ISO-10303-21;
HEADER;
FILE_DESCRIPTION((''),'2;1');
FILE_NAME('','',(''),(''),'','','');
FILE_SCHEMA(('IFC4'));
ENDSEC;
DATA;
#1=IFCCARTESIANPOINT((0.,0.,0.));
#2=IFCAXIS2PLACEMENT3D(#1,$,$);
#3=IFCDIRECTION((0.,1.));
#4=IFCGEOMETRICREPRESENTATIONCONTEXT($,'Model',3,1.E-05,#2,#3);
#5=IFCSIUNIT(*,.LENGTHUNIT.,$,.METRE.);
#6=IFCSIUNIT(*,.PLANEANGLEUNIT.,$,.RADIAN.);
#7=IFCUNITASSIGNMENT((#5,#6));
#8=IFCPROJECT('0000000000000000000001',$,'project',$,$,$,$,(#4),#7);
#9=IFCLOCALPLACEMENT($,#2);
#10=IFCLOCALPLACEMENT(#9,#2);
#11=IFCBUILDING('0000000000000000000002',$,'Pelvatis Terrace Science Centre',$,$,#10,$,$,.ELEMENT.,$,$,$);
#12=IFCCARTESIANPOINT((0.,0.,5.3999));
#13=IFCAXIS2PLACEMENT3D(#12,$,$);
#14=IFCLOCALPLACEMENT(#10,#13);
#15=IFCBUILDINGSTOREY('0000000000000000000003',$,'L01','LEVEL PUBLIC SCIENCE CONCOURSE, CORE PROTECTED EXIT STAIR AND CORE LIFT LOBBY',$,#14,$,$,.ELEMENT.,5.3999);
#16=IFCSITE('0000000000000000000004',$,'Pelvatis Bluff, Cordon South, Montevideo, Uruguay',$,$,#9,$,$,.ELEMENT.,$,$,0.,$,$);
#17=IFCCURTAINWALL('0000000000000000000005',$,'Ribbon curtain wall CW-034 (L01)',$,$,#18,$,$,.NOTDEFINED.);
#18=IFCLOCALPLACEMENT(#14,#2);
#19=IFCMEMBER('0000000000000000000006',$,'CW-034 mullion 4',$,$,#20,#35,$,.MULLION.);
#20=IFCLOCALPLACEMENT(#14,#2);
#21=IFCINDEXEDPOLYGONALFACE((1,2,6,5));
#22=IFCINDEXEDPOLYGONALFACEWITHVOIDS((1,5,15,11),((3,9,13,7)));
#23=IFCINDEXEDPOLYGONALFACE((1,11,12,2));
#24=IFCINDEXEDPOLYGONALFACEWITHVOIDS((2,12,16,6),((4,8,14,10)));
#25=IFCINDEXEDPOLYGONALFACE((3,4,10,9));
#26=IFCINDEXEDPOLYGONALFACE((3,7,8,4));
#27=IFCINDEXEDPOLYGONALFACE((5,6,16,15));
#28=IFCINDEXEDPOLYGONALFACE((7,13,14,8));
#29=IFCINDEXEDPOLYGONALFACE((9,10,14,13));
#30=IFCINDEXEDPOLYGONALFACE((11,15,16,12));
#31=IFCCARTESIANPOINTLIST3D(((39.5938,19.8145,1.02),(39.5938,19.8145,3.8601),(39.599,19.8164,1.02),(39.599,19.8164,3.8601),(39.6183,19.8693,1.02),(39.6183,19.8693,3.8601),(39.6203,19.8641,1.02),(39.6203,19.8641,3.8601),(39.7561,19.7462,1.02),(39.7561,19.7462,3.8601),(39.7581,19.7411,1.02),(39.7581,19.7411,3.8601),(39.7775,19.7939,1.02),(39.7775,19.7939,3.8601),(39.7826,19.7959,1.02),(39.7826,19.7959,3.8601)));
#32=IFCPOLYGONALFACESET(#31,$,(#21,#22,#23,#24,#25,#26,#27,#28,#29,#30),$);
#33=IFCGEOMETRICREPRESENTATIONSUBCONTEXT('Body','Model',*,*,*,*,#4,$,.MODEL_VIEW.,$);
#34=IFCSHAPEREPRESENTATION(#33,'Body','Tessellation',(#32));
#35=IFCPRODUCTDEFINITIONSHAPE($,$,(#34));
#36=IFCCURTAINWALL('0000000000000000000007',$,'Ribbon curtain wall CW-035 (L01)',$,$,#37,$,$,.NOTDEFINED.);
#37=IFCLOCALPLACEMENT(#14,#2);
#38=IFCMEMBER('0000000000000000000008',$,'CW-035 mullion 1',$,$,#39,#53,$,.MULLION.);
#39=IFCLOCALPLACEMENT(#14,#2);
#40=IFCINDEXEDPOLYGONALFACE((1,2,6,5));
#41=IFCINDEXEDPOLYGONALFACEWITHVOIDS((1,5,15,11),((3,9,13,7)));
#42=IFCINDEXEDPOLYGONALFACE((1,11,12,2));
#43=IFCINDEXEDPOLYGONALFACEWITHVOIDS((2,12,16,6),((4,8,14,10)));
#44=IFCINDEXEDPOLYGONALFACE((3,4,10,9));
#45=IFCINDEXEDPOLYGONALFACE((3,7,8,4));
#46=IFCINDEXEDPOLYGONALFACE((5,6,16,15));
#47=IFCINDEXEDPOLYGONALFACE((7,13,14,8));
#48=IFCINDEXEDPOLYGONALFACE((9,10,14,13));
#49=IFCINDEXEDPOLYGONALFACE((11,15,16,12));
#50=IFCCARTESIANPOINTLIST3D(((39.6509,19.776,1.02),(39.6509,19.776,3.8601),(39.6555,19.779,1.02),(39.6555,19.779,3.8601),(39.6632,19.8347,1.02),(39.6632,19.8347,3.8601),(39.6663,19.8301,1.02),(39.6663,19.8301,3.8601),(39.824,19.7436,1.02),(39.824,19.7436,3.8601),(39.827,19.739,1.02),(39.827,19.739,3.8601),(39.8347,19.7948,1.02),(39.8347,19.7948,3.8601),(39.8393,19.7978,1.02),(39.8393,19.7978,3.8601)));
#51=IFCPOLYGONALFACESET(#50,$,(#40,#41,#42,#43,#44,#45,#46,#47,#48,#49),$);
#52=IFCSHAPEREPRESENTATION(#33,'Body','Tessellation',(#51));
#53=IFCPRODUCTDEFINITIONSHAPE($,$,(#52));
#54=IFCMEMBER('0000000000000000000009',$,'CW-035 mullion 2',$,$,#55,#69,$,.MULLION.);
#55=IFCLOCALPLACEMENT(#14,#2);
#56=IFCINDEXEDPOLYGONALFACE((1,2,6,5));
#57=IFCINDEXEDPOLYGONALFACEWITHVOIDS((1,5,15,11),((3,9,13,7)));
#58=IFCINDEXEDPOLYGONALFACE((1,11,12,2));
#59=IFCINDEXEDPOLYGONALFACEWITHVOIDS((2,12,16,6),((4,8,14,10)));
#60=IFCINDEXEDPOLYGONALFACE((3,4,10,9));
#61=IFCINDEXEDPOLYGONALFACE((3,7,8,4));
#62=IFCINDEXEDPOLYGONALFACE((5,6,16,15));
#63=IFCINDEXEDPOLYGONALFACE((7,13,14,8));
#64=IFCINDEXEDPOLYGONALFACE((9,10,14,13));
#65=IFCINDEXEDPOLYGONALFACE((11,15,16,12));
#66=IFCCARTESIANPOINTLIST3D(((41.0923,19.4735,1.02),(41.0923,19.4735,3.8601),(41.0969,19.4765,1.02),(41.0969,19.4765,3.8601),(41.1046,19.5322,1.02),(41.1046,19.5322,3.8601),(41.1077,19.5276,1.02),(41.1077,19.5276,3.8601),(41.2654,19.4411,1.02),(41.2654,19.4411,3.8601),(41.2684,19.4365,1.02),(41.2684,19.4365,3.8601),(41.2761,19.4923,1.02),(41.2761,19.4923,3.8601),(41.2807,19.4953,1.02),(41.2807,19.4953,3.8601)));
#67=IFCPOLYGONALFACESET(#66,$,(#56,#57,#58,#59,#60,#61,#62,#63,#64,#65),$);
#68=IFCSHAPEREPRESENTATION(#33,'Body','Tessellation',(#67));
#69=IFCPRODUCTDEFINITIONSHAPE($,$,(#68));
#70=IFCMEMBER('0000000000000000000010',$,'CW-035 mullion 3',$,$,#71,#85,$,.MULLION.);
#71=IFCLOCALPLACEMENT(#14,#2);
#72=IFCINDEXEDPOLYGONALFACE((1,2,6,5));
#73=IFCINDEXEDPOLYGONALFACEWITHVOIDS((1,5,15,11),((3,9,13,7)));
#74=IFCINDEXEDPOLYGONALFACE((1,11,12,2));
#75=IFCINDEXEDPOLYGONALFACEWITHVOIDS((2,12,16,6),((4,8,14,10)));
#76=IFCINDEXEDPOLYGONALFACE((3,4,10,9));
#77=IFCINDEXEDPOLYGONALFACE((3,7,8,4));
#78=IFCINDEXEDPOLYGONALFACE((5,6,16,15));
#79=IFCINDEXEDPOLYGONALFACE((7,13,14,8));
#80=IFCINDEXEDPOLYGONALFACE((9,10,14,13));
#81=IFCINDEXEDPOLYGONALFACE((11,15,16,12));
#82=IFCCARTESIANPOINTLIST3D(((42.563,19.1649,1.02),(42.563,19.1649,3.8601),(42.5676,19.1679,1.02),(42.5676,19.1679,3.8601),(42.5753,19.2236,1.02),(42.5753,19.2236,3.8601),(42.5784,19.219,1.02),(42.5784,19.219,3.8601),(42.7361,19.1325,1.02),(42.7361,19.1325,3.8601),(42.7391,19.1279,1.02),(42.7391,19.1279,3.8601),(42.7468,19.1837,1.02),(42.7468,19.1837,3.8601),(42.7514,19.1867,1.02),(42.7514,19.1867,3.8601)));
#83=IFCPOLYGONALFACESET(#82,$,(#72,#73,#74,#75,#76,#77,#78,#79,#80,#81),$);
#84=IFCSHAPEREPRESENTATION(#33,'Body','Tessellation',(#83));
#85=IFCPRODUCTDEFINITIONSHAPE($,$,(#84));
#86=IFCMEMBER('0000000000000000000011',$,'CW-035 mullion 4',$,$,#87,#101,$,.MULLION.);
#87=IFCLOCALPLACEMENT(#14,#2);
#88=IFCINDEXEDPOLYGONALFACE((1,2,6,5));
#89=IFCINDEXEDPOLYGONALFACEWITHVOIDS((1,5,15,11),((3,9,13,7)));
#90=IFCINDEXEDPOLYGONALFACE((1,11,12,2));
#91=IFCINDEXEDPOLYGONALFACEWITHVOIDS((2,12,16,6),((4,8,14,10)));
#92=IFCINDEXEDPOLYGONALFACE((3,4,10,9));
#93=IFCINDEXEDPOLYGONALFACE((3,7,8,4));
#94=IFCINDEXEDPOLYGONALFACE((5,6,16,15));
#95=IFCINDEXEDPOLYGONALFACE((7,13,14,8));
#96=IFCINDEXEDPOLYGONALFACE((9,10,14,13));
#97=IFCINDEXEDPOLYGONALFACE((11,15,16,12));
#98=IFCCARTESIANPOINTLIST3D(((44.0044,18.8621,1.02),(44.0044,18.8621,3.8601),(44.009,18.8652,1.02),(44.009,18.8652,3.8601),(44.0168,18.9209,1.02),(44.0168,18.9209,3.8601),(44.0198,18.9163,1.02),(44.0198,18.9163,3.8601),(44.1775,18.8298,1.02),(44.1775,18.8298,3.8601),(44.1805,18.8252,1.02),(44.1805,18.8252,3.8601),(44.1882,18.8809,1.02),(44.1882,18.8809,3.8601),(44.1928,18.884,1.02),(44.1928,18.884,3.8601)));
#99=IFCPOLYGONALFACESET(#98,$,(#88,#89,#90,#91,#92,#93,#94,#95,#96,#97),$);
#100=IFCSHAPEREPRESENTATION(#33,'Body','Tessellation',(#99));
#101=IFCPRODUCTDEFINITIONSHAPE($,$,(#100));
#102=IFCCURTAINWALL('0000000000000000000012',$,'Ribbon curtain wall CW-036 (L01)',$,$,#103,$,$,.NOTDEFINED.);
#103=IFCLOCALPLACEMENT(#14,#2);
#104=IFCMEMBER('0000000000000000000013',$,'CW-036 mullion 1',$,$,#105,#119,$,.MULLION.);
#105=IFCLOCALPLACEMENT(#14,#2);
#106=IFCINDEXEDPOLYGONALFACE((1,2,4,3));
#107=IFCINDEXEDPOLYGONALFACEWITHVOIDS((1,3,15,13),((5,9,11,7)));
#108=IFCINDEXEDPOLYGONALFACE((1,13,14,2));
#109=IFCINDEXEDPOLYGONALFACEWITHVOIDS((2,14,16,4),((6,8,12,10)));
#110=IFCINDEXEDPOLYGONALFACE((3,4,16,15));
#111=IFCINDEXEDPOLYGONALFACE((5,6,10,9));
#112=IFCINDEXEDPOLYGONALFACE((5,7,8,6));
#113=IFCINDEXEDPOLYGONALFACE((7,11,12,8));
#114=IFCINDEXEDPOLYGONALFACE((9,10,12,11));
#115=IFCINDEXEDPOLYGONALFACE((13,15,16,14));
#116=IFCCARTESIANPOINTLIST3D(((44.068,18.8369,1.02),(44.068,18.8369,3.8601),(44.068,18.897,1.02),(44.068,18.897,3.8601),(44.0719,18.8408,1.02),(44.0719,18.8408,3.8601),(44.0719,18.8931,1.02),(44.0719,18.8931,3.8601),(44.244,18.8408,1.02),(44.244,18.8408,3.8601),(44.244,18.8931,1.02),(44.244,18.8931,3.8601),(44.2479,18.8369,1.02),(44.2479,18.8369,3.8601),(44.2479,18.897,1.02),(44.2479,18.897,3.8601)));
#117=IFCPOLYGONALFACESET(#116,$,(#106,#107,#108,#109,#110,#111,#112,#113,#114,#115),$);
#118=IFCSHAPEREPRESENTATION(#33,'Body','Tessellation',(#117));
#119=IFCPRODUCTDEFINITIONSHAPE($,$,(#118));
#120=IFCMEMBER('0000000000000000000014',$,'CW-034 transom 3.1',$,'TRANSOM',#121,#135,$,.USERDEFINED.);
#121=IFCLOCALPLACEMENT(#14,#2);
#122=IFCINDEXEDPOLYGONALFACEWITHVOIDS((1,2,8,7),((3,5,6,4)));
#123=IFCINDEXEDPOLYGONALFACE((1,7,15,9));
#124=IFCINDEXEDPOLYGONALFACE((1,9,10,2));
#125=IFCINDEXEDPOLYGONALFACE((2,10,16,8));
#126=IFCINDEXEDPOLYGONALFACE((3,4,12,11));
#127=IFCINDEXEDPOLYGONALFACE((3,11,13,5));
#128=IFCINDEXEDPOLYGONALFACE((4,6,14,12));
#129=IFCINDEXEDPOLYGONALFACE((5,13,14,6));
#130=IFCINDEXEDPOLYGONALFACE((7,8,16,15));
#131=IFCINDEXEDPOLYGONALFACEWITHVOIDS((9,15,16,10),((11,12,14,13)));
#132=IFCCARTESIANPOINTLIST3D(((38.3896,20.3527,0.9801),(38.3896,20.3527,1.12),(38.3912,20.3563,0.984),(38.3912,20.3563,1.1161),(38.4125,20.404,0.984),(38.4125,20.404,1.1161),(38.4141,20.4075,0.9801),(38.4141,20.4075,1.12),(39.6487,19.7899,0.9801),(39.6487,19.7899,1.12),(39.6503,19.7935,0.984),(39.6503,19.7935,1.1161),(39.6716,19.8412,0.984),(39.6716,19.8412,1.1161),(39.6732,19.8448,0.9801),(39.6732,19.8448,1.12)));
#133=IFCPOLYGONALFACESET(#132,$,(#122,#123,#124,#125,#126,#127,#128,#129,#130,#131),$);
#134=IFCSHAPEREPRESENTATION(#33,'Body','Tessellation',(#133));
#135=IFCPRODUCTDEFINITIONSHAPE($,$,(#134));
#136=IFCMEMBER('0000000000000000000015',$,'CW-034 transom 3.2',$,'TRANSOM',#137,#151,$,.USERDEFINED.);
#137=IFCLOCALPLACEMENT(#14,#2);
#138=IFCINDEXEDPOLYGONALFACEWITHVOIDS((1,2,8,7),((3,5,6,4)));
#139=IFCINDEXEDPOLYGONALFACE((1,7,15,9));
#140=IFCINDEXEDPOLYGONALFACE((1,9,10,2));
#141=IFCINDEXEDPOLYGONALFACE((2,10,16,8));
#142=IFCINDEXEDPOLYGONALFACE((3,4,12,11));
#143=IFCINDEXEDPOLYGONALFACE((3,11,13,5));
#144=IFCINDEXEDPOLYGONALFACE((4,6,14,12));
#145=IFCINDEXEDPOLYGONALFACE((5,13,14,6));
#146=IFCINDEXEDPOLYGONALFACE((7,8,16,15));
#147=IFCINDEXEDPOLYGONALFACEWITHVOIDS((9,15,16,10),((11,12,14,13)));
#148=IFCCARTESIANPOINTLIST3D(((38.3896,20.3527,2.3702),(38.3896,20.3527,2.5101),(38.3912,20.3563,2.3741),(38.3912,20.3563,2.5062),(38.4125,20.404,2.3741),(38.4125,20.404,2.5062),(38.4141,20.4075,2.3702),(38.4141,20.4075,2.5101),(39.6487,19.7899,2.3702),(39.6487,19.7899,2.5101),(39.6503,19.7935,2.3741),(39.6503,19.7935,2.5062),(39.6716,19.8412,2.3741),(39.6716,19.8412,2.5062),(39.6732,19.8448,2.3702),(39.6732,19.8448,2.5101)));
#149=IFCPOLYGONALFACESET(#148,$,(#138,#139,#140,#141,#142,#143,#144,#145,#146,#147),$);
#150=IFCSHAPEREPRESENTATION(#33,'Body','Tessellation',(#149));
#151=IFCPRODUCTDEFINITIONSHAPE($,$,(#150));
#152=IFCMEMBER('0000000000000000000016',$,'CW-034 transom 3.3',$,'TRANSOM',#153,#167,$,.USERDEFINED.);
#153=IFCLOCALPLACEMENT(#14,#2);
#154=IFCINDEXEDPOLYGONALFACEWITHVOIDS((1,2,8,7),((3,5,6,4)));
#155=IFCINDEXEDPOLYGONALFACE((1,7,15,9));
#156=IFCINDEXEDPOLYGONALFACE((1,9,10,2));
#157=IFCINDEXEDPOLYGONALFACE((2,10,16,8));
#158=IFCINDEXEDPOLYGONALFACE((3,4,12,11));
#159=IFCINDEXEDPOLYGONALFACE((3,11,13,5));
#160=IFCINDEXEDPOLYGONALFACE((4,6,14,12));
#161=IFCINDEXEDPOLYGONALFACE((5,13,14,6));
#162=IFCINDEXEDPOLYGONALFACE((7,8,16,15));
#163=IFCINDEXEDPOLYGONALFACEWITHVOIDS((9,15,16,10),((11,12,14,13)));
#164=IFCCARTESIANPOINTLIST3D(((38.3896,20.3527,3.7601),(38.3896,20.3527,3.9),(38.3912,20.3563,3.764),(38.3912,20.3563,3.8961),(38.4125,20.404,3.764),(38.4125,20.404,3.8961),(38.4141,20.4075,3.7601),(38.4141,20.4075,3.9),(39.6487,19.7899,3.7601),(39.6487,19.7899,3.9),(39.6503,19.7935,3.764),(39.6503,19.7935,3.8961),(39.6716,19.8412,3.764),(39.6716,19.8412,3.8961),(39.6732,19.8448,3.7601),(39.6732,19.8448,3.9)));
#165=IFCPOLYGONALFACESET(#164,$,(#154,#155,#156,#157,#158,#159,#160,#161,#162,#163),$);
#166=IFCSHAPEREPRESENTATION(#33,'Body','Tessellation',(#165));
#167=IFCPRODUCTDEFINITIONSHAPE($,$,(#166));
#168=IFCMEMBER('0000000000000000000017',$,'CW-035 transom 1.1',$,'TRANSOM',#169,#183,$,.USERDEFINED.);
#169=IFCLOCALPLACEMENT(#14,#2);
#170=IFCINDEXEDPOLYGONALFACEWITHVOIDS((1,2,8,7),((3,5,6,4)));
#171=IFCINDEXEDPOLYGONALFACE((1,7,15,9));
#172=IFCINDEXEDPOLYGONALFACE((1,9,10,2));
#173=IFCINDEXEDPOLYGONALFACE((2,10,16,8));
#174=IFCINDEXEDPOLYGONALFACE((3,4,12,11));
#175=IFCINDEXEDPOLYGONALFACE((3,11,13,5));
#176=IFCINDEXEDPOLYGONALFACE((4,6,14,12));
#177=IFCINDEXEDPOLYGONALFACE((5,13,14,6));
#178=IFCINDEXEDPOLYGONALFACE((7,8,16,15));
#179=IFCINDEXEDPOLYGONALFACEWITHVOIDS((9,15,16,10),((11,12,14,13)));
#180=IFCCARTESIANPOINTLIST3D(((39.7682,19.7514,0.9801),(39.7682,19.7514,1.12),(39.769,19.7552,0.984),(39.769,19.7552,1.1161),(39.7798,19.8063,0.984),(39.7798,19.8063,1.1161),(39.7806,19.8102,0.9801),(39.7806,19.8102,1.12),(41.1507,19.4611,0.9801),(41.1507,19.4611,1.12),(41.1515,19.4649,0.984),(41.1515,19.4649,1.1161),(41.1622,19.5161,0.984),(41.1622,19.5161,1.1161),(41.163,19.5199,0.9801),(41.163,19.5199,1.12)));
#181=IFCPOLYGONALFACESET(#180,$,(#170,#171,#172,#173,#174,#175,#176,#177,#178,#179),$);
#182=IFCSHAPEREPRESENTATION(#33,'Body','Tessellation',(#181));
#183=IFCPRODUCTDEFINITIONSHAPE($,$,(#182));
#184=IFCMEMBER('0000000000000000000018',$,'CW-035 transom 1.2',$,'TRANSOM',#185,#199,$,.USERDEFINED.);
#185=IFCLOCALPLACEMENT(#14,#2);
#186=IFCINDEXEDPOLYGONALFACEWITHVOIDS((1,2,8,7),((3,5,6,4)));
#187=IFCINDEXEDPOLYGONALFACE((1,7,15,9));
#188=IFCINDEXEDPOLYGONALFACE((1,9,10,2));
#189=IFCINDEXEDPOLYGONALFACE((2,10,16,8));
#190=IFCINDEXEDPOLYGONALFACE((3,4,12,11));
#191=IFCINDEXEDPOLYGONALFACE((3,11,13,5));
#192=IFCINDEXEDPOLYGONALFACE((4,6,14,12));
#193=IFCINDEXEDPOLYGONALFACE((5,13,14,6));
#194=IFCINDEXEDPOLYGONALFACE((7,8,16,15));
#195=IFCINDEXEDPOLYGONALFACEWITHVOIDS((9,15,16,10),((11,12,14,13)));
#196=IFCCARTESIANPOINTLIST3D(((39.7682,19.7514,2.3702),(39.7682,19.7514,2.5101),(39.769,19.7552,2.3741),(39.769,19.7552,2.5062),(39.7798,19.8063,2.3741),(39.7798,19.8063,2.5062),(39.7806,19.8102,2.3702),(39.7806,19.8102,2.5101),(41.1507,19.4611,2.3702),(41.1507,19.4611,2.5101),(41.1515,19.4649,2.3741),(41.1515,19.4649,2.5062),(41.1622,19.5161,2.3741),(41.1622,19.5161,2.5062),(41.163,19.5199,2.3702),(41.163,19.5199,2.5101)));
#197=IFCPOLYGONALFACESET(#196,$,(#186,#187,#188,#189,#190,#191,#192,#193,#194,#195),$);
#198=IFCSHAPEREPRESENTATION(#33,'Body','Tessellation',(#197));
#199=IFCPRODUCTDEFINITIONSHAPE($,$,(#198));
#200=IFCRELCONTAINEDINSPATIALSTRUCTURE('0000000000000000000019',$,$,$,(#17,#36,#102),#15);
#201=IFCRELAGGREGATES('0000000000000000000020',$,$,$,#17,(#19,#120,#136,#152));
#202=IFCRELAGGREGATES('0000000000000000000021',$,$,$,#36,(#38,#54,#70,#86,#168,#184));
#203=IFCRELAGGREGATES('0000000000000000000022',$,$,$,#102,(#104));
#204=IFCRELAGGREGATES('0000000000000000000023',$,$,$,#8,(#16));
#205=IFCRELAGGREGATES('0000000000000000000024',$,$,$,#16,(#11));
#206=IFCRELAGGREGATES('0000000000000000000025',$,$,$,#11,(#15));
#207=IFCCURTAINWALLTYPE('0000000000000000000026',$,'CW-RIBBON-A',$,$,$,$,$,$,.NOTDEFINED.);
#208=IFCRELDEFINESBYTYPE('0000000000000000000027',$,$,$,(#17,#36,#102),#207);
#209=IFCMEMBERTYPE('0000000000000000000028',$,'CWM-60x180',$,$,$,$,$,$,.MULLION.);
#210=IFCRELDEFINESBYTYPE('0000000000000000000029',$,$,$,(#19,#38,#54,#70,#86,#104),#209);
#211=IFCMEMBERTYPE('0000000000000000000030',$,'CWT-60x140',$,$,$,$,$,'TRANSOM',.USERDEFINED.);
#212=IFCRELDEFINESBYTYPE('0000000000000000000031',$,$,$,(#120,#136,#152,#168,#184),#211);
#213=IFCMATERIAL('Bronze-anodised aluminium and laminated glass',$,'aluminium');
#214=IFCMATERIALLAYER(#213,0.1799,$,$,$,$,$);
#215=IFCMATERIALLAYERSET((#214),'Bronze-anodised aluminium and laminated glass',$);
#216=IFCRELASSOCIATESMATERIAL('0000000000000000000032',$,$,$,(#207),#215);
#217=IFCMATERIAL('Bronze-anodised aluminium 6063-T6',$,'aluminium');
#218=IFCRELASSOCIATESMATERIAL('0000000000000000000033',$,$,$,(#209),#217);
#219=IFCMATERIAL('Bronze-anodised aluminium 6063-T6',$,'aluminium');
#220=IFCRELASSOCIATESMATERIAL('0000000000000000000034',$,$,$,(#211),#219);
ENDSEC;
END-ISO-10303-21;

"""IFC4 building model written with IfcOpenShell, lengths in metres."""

from ifc_helpers import new_model, si_unit, direction, frame, origin, origin_2d, place, context, subcontext, project, spatial, hollow_rectangle, extrude, material, layer, layer_set, material_profile, profile_set, type_object, element, aggregate, save


model = new_model("IFC4")

# Units and contexts
model_context = context("Model", 3, precision=1e-05, world=origin(), true_north=direction((0.0, 1.0)))
body_context = subcontext(model_context, "Body", "Model", "MODEL_VIEW")
ifc_project = project(units=[si_unit("LENGTHUNIT", "METRE"), si_unit("PLANEANGLEUNIT", "RADIAN")], contexts=[model_context])

# Site, building, storey
site_placement = place(None, origin())
site = spatial("IfcSite", under=ifc_project, at=site_placement, Name="Pelvatis Bluff, Cordon South, Montevideo, Uruguay", CompositionType="ELEMENT", RefElevation=0.0)
building_placement = place(site_placement, origin())
building = spatial("IfcBuilding", under=site, at=building_placement, Name="Pelvatis Terrace Science Centre", CompositionType="ELEMENT")
storey_placement = place(building_placement, frame((0.0, 0.0, 5.3999)))
storey = spatial("IfcBuildingStorey", under=building, at=storey_placement, Name="L01", Description="LEVEL PUBLIC SCIENCE CONCOURSE, CORE PROTECTED EXIT STAIR AND CORE LIFT LOBBY", CompositionType="ELEMENT", Elevation=5.3999)

# Curtain wall, member
ifc_material_1 = material(Name="Bronze-anodised aluminium and laminated glass", Category="aluminium")
ifc_layer_1 = layer(ifc_material_1, 0.1799)
ifc_layer_set_1 = layer_set([ifc_layer_1], Name="Bronze-anodised aluminium and laminated glass")
curtain_wall_type = type_object("IfcCurtainWallType", Name="CW-RIBBON-A", PredefinedType="NOTDEFINED", material=ifc_layer_set_1)
curtain_wall_1_placement = place(storey_placement, origin())
curtain_wall_1 = element("IfcCurtainWall", 1, at=curtain_wall_1_placement, inside=storey, type_object=curtain_wall_type, Name="Ribbon curtain wall CW-034 (L01)", PredefinedType="NOTDEFINED")
ifc_material_2 = material(Name="Bronze-anodised aluminium 6063-T6", Category="aluminium")
ifc_material_profile_1 = material_profile(ifc_material_2, hollow_rectangle(XDim=0.0601, YDim=0.1799, WallThickness=0.0039, at=origin_2d()), Name="ALU-MUL 60x180")
ifc_profile_set_1 = profile_set([ifc_material_profile_1], Name="Bronze-anodised aluminium 6063-T6")
member_type_1 = type_object("IfcMemberType", Name="CWM-60x180", PredefinedType="MULLION", material=ifc_profile_set_1)
member_1_placement = place(storey_placement, frame((39.6882, 19.8052, 1.02), z_axis=(0.0, 0.0, 1.0), x_axis=(0.407992, 0.912985, 0.0)))
member_1 = element("IfcMember", 2, at=member_1_placement, type_object=member_type_1, Name="CW-034 mullion 4", PredefinedType="MULLION", context=body_context, shape_type="SweptSolid", body=[
    extrude(hollow_rectangle(XDim=0.0601, YDim=0.1799, WallThickness=0.0039, at=origin_2d()), origin(), (0.0, 0.0, 1.0), 2.8401),
])

# Curtain wall, members
curtain_wall_2_placement = place(storey_placement, origin())
curtain_wall_2 = element("IfcCurtainWall", 3, at=curtain_wall_2_placement, inside=storey, type_object=curtain_wall_type, Name="Ribbon curtain wall CW-035 (L01)", PredefinedType="NOTDEFINED")
member_2_placement = place(storey_placement, frame((39.7451, 19.7869, 1.02), z_axis=(0.0, 0.0, 1.0), x_axis=(0.205398, 0.978679, 0.0)))
member_2 = element("IfcMember", 4, at=member_2_placement, type_object=member_type_1, Name="CW-035 mullion 1", PredefinedType="MULLION", context=body_context, shape_type="SweptSolid", body=[
    extrude(hollow_rectangle(XDim=0.0601, YDim=0.1799, WallThickness=0.0039, at=origin_2d()), origin(), (0.0, 0.0, 1.0), 2.8401),
])
member_3_placement = place(storey_placement, frame((41.1865, 19.4844, 1.02), z_axis=(0.0, 0.0, 1.0), x_axis=(0.205398, 0.978679, 0.0)))
member_3 = element("IfcMember", 5, at=member_3_placement, type_object=member_type_1, Name="CW-035 mullion 2", PredefinedType="MULLION", context=body_context, shape_type="SweptSolid", body=[
    extrude(hollow_rectangle(XDim=0.0601, YDim=0.1799, WallThickness=0.0039, at=origin_2d()), origin(), (0.0, 0.0, 1.0), 2.8401),
])
member_4_placement = place(storey_placement, frame((42.6572, 19.1758, 1.02), z_axis=(0.0, 0.0, 1.0), x_axis=(0.205398, 0.978679, 0.0)))
member_4 = element("IfcMember", 6, at=member_4_placement, type_object=member_type_1, Name="CW-035 mullion 3", PredefinedType="MULLION", context=body_context, shape_type="SweptSolid", body=[
    extrude(hollow_rectangle(XDim=0.0601, YDim=0.1799, WallThickness=0.0039, at=origin_2d()), origin(), (0.0, 0.0, 1.0), 2.8401),
])
member_5_placement = place(storey_placement, frame((44.0986, 18.873, 1.02), z_axis=(0.0, 0.0, 1.0), x_axis=(0.205398, 0.978679, 0.0)))
member_5 = element("IfcMember", 7, at=member_5_placement, type_object=member_type_1, Name="CW-035 mullion 4", PredefinedType="MULLION", context=body_context, shape_type="SweptSolid", body=[
    extrude(hollow_rectangle(XDim=0.0601, YDim=0.1799, WallThickness=0.0039, at=origin_2d()), origin(), (0.0, 0.0, 1.0), 2.8401),
])

# Curtain wall, member
curtain_wall_3_placement = place(storey_placement, origin())
curtain_wall_3 = element("IfcCurtainWall", 8, at=curtain_wall_3_placement, inside=storey, type_object=curtain_wall_type, Name="Ribbon curtain wall CW-036 (L01)", PredefinedType="NOTDEFINED")
member_6_placement = place(storey_placement, frame((44.158, 18.8669, 1.02), z_axis=(0.0, 0.0, 1.0), x_axis=(0.0, 1.0, 0.0)))
member_6 = element("IfcMember", 9, at=member_6_placement, type_object=member_type_1, Name="CW-036 mullion 1", PredefinedType="MULLION", context=body_context, shape_type="SweptSolid", body=[
    extrude(hollow_rectangle(XDim=0.0601, YDim=0.1799, WallThickness=0.0039, at=origin_2d()), origin(), (0.0, 0.0, 1.0), 2.8401),
])

# Members
ifc_material_3 = material(Name="Bronze-anodised aluminium 6063-T6", Category="aluminium")
ifc_material_profile_2 = material_profile(ifc_material_3, hollow_rectangle(XDim=0.0601, YDim=0.1399, WallThickness=0.0039, at=origin_2d()), Name="ALU-TRN 60x140")
ifc_profile_set_2 = profile_set([ifc_material_profile_2], Name="Bronze-anodised aluminium 6063-T6")
member_type_2 = type_object("IfcMemberType", Name="CWT-60x140", ElementType="TRANSOM", PredefinedType="USERDEFINED", material=ifc_profile_set_2)
member_7_placement = place(storey_placement, frame((38.4019, 20.3801, 1.05), z_axis=(0.912955, -0.408059, 0.0), x_axis=(0.408059, 0.912955, 0.0)))
member_7 = element("IfcMember", 10, at=member_7_placement, type_object=member_type_2, Name="CW-034 transom 3.1", ObjectType="TRANSOM", PredefinedType="USERDEFINED", context=body_context, shape_type="SweptSolid", body=[
    extrude(hollow_rectangle(XDim=0.0601, YDim=0.1399, WallThickness=0.0039, at=origin_2d()), origin(), (0.0, 0.0, 1.0), 1.3792),
])
member_8_placement = place(storey_placement, frame((38.4019, 20.3801, 2.4402), z_axis=(0.912955, -0.408059, 0.0), x_axis=(0.408059, 0.912955, 0.0)))
member_8 = element("IfcMember", 11, at=member_8_placement, type_object=member_type_2, Name="CW-034 transom 3.2", ObjectType="TRANSOM", PredefinedType="USERDEFINED", context=body_context, shape_type="SweptSolid", body=[
    extrude(hollow_rectangle(XDim=0.0601, YDim=0.1399, WallThickness=0.0039, at=origin_2d()), origin(), (0.0, 0.0, 1.0), 1.3792),
])
member_9_placement = place(storey_placement, frame((38.4019, 20.3801, 3.8301), z_axis=(0.912955, -0.408059, 0.0), x_axis=(0.408059, 0.912955, 0.0)))
member_9 = element("IfcMember", 12, at=member_9_placement, type_object=member_type_2, Name="CW-034 transom 3.3", ObjectType="TRANSOM", PredefinedType="USERDEFINED", context=body_context, shape_type="SweptSolid", body=[
    extrude(hollow_rectangle(XDim=0.0601, YDim=0.1399, WallThickness=0.0039, at=origin_2d()), origin(), (0.0, 0.0, 1.0), 1.3792),
])
member_10_placement = place(storey_placement, frame((39.7744, 19.7808, 1.05), z_axis=(0.978661, -0.205479, 0.0), x_axis=(0.205479, 0.978661, 0.0)))
member_10 = element("IfcMember", 13, at=member_10_placement, type_object=member_type_2, Name="CW-035 transom 1.1", ObjectType="TRANSOM", PredefinedType="USERDEFINED", context=body_context, shape_type="SweptSolid", body=[
    extrude(hollow_rectangle(XDim=0.0601, YDim=0.1399, WallThickness=0.0039, at=origin_2d()), origin(), (0.0, 0.0, 1.0), 1.4126),
])
member_11_placement = place(storey_placement, frame((39.7744, 19.7808, 2.4402), z_axis=(0.978661, -0.205479, 0.0), x_axis=(0.205479, 0.978661, 0.0)))
member_11 = element("IfcMember", 14, at=member_11_placement, type_object=member_type_2, Name="CW-035 transom 1.2", ObjectType="TRANSOM", PredefinedType="USERDEFINED", context=body_context, shape_type="SweptSolid", body=[
    extrude(hollow_rectangle(XDim=0.0601, YDim=0.1399, WallThickness=0.0039, at=origin_2d()), origin(), (0.0, 0.0, 1.0), 1.4126),
])

aggregate(curtain_wall_1, [member_1, member_7, member_8, member_9])
aggregate(curtain_wall_2, [member_2, member_3, member_4, member_5, member_10, member_11])
aggregate(curtain_wall_3, [member_6])

save(model, "model.ifc")
